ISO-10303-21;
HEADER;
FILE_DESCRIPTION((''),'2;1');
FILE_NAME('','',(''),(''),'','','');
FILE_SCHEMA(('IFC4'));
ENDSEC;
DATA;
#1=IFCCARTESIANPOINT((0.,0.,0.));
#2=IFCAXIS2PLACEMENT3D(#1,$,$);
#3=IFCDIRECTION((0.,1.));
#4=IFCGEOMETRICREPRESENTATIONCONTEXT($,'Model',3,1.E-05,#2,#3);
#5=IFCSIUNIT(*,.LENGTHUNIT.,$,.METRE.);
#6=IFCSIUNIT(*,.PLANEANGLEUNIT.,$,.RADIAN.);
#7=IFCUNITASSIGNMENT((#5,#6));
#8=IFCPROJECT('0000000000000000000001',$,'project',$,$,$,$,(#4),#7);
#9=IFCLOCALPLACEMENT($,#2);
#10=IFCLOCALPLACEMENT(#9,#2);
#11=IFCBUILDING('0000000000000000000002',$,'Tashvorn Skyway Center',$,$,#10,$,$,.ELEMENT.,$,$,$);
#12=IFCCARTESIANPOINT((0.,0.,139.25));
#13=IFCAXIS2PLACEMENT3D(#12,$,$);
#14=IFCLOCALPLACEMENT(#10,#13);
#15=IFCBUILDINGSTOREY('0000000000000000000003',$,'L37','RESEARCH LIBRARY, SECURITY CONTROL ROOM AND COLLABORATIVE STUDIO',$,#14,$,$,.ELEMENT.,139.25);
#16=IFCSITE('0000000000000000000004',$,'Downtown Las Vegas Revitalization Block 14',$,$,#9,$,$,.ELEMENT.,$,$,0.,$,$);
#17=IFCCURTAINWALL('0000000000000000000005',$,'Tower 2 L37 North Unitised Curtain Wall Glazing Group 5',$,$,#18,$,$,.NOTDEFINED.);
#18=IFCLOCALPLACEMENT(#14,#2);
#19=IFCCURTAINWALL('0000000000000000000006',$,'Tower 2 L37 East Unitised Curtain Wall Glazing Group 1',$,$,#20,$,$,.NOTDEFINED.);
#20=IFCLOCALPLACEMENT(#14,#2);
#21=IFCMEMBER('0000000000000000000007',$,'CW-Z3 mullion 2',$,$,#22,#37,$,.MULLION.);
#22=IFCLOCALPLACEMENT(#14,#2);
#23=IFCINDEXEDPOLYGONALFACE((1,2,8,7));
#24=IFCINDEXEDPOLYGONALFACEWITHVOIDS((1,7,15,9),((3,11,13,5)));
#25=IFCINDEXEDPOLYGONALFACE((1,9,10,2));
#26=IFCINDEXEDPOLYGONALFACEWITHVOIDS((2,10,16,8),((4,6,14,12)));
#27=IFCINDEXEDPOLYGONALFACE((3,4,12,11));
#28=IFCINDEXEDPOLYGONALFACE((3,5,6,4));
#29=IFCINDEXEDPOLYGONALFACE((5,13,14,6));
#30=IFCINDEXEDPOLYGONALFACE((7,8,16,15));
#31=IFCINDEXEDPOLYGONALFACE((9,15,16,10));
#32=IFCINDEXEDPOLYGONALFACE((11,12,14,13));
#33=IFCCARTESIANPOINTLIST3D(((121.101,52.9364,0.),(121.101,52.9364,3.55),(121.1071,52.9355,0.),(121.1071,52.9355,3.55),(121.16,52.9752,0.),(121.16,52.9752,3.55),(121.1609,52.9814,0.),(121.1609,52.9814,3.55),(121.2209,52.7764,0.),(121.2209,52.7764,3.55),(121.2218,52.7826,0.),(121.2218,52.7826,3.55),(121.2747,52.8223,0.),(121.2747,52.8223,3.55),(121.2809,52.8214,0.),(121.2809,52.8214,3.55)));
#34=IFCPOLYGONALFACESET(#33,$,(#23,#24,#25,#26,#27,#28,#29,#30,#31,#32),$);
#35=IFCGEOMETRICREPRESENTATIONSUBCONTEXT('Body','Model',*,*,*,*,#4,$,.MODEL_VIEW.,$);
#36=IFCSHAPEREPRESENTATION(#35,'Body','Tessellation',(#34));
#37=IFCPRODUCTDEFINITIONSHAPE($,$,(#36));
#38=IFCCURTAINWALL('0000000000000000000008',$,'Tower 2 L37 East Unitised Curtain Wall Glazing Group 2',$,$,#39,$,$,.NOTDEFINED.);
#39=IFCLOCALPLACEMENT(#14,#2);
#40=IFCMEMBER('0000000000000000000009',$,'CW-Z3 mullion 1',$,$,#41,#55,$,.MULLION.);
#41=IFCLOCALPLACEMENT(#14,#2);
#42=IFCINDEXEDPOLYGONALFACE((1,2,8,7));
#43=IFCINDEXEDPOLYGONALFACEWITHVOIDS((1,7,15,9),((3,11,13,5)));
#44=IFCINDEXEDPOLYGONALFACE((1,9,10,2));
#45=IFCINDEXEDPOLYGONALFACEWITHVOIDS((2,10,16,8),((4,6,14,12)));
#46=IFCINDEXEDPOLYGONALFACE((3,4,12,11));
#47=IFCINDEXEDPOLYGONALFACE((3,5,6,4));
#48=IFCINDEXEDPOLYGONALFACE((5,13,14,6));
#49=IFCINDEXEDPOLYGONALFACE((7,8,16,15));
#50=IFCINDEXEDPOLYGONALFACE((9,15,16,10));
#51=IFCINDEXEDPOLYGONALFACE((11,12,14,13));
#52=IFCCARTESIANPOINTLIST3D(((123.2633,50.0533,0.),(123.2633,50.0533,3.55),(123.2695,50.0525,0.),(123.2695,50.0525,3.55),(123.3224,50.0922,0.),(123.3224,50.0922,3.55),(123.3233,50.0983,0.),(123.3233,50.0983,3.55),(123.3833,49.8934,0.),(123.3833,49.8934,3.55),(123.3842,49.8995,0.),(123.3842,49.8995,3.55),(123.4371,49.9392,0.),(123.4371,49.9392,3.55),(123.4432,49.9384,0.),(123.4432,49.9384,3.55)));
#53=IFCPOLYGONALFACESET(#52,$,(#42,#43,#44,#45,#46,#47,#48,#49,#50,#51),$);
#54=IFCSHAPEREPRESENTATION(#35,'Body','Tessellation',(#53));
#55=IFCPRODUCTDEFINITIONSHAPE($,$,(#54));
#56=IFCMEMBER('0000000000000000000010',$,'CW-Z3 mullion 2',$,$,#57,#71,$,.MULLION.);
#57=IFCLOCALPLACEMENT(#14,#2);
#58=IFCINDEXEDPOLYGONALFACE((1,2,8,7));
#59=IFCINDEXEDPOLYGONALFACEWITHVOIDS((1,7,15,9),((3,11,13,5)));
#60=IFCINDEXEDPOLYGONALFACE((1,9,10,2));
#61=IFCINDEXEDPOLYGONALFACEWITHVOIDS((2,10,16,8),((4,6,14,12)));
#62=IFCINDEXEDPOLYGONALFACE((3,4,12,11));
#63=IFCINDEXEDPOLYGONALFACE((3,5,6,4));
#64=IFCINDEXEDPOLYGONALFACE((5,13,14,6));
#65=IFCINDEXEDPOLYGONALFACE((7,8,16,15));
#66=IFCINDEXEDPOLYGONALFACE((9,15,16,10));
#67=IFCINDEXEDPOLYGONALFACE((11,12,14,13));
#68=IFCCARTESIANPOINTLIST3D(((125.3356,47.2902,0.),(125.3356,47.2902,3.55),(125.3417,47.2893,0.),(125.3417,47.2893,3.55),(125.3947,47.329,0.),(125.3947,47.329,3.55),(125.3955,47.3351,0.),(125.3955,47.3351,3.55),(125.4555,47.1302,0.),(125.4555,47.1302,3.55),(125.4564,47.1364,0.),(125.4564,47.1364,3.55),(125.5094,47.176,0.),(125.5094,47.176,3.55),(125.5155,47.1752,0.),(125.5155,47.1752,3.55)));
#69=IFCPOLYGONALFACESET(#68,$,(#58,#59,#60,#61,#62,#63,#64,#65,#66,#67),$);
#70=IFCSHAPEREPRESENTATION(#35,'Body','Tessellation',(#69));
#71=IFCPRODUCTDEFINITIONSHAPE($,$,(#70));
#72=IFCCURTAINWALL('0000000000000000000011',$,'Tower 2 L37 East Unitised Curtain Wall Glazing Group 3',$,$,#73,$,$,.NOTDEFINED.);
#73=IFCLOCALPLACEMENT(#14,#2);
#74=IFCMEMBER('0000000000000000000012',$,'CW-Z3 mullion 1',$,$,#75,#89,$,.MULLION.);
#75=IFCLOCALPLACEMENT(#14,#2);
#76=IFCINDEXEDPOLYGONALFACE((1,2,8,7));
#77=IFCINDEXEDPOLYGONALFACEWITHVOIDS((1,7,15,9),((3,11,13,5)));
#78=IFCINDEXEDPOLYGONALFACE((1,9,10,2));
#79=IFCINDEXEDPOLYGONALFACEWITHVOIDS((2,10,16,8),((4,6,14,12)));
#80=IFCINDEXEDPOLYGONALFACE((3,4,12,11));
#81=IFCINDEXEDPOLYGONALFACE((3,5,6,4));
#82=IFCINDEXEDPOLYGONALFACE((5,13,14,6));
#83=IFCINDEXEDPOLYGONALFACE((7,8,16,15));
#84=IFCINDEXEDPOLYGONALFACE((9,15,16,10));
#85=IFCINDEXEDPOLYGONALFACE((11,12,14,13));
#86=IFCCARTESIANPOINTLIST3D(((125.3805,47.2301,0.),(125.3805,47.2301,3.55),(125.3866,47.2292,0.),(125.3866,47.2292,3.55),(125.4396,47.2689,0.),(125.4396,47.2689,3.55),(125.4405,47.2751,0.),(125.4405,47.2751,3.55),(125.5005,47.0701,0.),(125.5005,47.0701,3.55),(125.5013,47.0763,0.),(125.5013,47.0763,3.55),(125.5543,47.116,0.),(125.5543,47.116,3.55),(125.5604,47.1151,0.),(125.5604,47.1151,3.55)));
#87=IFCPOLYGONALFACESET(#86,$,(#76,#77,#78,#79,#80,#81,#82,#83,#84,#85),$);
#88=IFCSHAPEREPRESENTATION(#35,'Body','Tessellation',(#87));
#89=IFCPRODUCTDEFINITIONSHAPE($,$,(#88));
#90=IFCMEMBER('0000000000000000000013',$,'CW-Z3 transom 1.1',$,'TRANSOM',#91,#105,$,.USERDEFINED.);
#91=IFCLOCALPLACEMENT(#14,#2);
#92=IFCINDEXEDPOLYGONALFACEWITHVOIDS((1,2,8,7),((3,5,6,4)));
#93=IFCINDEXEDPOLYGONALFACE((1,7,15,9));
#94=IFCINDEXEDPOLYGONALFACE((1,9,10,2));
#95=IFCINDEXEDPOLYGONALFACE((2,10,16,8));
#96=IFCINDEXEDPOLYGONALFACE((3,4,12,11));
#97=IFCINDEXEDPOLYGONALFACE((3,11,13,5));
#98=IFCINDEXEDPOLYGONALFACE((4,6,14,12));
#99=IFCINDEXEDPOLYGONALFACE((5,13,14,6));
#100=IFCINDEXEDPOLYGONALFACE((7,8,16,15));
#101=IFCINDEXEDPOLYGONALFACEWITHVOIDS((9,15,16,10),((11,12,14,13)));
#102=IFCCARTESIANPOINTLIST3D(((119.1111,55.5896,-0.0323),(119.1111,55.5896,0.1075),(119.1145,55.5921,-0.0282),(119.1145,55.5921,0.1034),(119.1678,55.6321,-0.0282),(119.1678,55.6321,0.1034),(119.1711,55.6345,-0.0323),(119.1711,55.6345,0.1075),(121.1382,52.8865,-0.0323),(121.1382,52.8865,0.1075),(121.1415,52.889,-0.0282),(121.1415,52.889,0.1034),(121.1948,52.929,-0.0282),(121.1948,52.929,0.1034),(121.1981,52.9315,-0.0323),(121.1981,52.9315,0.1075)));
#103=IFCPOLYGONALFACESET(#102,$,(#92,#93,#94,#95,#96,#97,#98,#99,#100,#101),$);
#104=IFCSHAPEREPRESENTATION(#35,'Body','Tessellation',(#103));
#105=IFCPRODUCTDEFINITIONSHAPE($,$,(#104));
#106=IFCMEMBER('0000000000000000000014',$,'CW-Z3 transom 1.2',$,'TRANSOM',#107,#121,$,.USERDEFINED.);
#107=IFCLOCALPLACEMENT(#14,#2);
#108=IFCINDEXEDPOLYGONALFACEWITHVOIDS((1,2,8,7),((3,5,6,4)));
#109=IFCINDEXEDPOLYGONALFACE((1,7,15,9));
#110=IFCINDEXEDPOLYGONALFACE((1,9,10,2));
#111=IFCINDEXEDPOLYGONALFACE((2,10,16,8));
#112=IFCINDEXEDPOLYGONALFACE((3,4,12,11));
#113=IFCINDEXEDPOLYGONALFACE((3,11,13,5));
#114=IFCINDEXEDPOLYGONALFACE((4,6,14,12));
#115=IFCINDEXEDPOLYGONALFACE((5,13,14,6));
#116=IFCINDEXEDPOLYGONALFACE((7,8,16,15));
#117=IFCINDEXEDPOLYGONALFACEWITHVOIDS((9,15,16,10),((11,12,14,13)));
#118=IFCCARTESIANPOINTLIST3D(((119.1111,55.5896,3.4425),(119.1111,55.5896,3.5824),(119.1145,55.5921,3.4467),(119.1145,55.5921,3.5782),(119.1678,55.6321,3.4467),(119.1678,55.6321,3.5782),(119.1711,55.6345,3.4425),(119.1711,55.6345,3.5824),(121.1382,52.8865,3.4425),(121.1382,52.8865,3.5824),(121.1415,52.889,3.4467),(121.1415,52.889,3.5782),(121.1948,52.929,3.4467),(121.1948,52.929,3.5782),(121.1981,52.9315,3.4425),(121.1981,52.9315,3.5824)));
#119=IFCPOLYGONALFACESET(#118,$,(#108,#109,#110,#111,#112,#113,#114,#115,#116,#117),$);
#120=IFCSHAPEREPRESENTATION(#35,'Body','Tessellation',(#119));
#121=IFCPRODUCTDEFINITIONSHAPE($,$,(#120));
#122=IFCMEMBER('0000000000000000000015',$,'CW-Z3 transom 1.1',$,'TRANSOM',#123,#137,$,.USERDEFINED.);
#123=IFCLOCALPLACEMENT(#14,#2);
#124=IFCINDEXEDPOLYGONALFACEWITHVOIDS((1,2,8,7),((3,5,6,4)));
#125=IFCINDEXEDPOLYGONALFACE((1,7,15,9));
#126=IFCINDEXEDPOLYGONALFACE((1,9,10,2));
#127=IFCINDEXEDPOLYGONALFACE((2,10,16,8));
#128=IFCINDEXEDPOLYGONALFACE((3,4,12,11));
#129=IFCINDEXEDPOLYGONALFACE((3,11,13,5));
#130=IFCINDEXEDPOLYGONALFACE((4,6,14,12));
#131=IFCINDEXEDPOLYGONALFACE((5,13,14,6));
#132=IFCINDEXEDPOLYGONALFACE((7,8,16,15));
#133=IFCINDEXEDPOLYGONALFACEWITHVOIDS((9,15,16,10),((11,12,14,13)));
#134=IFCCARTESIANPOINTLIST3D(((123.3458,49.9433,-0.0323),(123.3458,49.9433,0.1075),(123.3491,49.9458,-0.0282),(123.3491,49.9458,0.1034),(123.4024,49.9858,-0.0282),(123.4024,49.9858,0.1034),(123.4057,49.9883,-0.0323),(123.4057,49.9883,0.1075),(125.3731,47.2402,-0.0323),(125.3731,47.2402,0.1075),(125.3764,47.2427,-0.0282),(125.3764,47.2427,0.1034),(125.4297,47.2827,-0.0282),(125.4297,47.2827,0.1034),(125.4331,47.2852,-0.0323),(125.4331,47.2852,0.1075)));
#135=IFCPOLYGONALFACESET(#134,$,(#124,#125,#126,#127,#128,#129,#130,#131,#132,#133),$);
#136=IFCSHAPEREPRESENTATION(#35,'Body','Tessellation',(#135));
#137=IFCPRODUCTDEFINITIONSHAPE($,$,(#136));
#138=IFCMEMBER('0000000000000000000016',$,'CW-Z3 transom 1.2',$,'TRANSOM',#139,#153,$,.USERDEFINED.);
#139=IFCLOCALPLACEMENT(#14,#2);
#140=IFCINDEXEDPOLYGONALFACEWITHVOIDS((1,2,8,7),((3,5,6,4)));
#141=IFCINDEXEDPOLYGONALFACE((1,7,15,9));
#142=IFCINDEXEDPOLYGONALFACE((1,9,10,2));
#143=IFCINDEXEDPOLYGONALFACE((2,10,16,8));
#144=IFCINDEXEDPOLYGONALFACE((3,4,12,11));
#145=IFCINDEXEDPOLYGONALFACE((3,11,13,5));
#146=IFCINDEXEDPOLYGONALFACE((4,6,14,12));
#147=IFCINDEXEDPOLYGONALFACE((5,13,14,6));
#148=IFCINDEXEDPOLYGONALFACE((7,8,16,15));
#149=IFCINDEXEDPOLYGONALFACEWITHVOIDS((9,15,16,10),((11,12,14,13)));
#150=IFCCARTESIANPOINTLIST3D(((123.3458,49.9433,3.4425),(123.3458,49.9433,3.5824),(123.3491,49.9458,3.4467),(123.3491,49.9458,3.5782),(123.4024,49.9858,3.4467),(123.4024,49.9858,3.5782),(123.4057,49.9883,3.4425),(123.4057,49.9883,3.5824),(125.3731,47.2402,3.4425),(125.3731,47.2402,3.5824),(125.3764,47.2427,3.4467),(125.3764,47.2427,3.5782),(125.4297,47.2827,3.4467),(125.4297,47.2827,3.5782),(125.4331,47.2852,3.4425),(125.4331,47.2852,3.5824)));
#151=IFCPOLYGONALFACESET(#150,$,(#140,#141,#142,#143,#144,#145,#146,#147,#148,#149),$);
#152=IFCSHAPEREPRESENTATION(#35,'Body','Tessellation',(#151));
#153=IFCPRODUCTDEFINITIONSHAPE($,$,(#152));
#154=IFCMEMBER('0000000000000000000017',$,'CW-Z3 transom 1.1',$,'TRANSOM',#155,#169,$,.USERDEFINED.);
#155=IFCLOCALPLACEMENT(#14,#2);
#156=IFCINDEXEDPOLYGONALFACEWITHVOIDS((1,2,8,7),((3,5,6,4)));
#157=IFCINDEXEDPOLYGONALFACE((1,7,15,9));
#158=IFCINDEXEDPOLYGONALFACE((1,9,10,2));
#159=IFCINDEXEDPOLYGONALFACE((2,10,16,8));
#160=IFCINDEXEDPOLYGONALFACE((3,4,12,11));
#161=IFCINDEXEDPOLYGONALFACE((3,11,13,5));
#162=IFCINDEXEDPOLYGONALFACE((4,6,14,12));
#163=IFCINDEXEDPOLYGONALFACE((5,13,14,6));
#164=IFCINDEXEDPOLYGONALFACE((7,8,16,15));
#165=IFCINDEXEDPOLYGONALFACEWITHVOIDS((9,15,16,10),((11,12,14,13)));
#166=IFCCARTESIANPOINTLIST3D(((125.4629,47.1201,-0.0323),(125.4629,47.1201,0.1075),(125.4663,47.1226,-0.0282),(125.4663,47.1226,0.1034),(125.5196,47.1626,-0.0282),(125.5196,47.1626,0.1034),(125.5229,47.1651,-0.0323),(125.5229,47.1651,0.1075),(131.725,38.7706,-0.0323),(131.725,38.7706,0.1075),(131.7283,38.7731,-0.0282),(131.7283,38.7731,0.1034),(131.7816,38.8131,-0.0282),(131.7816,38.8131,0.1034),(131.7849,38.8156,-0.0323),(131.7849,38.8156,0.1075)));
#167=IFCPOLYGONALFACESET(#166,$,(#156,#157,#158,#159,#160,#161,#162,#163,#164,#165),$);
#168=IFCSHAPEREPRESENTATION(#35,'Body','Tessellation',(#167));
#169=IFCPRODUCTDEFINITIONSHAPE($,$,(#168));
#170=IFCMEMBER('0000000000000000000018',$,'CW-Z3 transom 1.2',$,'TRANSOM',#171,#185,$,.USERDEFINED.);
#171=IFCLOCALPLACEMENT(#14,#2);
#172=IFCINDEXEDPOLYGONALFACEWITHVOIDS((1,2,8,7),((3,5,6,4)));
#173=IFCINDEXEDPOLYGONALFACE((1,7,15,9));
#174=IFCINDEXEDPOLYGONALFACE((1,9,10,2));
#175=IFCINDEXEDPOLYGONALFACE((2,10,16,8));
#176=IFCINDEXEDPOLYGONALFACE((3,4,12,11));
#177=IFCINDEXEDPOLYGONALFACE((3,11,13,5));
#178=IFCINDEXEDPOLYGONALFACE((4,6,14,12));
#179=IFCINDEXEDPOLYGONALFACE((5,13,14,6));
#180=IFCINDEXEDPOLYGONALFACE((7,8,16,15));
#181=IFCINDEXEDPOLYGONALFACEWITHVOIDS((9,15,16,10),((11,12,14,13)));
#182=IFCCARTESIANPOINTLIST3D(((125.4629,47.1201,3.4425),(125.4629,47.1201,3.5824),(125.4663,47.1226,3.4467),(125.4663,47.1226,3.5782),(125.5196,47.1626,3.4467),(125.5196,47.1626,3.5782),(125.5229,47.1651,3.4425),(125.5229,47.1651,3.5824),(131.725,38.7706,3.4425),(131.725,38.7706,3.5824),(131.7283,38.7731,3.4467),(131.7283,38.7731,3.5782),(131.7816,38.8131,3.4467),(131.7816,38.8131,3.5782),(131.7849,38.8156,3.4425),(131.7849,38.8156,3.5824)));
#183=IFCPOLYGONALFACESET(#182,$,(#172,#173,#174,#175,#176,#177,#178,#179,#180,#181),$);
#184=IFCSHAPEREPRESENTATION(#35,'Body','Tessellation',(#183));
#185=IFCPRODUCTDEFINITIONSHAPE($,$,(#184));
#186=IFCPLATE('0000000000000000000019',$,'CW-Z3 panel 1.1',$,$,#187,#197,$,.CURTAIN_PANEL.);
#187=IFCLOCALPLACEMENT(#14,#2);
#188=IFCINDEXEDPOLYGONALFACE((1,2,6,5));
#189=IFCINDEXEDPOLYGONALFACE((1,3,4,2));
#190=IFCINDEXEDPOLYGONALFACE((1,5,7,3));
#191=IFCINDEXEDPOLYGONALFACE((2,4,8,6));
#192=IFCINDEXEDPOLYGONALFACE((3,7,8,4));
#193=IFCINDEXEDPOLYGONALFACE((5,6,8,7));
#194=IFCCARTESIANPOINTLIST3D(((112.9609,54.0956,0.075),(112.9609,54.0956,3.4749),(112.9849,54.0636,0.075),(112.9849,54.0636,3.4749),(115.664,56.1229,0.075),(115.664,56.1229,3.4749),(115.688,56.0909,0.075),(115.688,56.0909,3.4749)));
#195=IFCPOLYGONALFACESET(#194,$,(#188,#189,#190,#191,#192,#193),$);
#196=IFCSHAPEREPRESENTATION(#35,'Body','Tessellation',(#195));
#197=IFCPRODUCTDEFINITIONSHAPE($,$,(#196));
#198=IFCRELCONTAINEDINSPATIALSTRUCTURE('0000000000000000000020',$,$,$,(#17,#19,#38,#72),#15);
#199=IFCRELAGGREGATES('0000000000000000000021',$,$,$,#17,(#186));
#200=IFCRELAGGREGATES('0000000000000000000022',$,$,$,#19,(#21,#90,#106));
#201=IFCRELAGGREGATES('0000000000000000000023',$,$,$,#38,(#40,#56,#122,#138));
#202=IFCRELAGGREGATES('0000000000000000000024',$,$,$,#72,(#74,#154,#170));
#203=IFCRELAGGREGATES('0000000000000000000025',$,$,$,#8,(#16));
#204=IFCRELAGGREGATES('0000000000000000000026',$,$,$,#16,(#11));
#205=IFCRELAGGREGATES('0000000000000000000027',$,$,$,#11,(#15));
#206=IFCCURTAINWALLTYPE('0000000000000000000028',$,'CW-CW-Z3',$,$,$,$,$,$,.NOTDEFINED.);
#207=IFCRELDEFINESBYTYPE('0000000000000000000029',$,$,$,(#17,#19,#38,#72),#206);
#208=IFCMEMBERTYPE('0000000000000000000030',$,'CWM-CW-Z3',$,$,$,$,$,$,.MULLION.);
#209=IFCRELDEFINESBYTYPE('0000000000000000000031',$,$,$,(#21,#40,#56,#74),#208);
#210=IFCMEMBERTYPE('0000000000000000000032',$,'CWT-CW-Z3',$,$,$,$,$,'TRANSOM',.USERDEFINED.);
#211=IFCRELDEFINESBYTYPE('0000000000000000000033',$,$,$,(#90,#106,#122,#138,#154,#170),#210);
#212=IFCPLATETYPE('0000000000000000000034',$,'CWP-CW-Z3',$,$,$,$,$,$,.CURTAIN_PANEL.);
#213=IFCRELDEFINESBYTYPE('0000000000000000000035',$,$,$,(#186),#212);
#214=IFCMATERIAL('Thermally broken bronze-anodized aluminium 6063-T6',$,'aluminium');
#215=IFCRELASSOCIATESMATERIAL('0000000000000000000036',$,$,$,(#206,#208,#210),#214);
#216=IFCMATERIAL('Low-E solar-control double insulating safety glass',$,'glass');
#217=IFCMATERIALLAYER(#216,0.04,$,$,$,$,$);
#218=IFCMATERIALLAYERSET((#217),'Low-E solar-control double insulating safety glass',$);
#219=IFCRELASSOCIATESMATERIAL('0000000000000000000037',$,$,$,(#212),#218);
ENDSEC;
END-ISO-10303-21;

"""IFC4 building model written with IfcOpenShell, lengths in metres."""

from ifc_helpers import new_model, si_unit, direction, frame, origin, origin_2d, place, context, subcontext, project, spatial, rectangle, hollow_rectangle, extrude, material, layer, layer_set, material_profile, profile_set, type_object, element, aggregate, save


model = new_model("IFC4")

# Units and contexts
model_context = context("Model", 3, precision=1e-05, world=origin(), true_north=direction((0.0, 1.0)))
body_context = subcontext(model_context, "Body", "Model", "MODEL_VIEW")
ifc_project = project(units=[si_unit("LENGTHUNIT", "METRE"), si_unit("PLANEANGLEUNIT", "RADIAN")], contexts=[model_context])

# Site, building, storey
site_placement = place(None, origin())
site = spatial("IfcSite", under=ifc_project, at=site_placement, Name="Downtown Las Vegas Revitalization Block 14", CompositionType="ELEMENT", RefElevation=0.0)
building_placement = place(site_placement, origin())
building = spatial("IfcBuilding", under=site, at=building_placement, Name="Tashvorn Skyway Center", CompositionType="ELEMENT")
storey_placement = place(building_placement, frame((0.0, 0.0, 139.25)))
storey = spatial("IfcBuildingStorey", under=building, at=storey_placement, Name="L37", Description="RESEARCH LIBRARY, SECURITY CONTROL ROOM AND COLLABORATIVE STUDIO", CompositionType="ELEMENT", Elevation=139.25)

# Curtain wall
ifc_material_1 = material(Name="Thermally broken bronze-anodized aluminium 6063-T6", Category="aluminium")
curtain_wall_type = type_object("IfcCurtainWallType", Name="CW-CW-Z3", PredefinedType="NOTDEFINED", material=ifc_material_1)
curtain_wall_1_placement = place(storey_placement, origin())
curtain_wall_1 = element("IfcCurtainWall", 1, at=curtain_wall_1_placement, inside=storey, type_object=curtain_wall_type, Name="Tower 2 L37 North Unitised Curtain Wall Glazing Group 5", PredefinedType="NOTDEFINED")
ifc_material_profile_1 = material_profile(ifc_material_1, hollow_rectangle(XDim=0.075, YDim=0.2, WallThickness=0.0044, at=origin_2d()), Name="ALU-MULL-75x200")
ifc_profile_set_1 = profile_set([ifc_material_profile_1], Name="Thermally broken bronze-anodized aluminium 6063-T6")
member_type_1 = type_object("IfcMemberType", Name="CWM-CW-Z3", PredefinedType="MULLION", material=ifc_profile_set_1)

# Curtain walls, members
curtain_wall_2_placement = place(storey_placement, origin())
curtain_wall_2 = element("IfcCurtainWall", 2, at=curtain_wall_2_placement, inside=storey, type_object=curtain_wall_type, Name="Tower 2 L37 East Unitised Curtain Wall Glazing Group 1", PredefinedType="NOTDEFINED")
member_1_placement = place(storey_placement, frame((121.1909, 52.8789, 0.0), z_axis=(0.0, 0.0, 1.0), x_axis=(0.800003, 0.599995, 0.0)))
member_1 = element("IfcMember", 3, at=member_1_placement, type_object=member_type_1, Name="CW-Z3 mullion 2", PredefinedType="MULLION", context=body_context, shape_type="SweptSolid", body=[
    extrude(hollow_rectangle(XDim=0.075, YDim=0.2, WallThickness=0.0044, at=origin_2d()), origin(), (0.0, 0.0, 1.0), 3.55),
])
curtain_wall_3_placement = place(storey_placement, origin())
curtain_wall_3 = element("IfcCurtainWall", 4, at=curtain_wall_3_placement, inside=storey, type_object=curtain_wall_type, Name="Tower 2 L37 East Unitised Curtain Wall Glazing Group 2", PredefinedType="NOTDEFINED")
member_2_placement = place(storey_placement, frame((123.3533, 49.9958, 0.0), z_axis=(0.0, 0.0, 1.0), x_axis=(0.800003, 0.599995, 0.0)))
member_2 = element("IfcMember", 5, at=member_2_placement, type_object=member_type_1, Name="CW-Z3 mullion 1", PredefinedType="MULLION", context=body_context, shape_type="SweptSolid", body=[
    extrude(hollow_rectangle(XDim=0.075, YDim=0.2, WallThickness=0.0044, at=origin_2d()), origin(), (0.0, 0.0, 1.0), 3.55),
])
member_3_placement = place(storey_placement, frame((125.4255, 47.2327, 0.0), z_axis=(0.0, 0.0, 1.0), x_axis=(0.800003, 0.599995, 0.0)))
member_3 = element("IfcMember", 6, at=member_3_placement, type_object=member_type_1, Name="CW-Z3 mullion 2", PredefinedType="MULLION", context=body_context, shape_type="SweptSolid", body=[
    extrude(hollow_rectangle(XDim=0.075, YDim=0.2, WallThickness=0.0044, at=origin_2d()), origin(), (0.0, 0.0, 1.0), 3.55),
])

# Curtain wall, member
curtain_wall_4_placement = place(storey_placement, origin())
curtain_wall_4 = element("IfcCurtainWall", 7, at=curtain_wall_4_placement, inside=storey, type_object=curtain_wall_type, Name="Tower 2 L37 East Unitised Curtain Wall Glazing Group 3", PredefinedType="NOTDEFINED")
member_4_placement = place(storey_placement, frame((125.4705, 47.1726, 0.0), z_axis=(0.0, 0.0, 1.0), x_axis=(0.800002, 0.599997, 0.0)))
member_4 = element("IfcMember", 8, at=member_4_placement, type_object=member_type_1, Name="CW-Z3 mullion 1", PredefinedType="MULLION", context=body_context, shape_type="SweptSolid", body=[
    extrude(hollow_rectangle(XDim=0.075, YDim=0.2, WallThickness=0.0044, at=origin_2d()), origin(), (0.0, 0.0, 1.0), 3.55),
])

# Members
ifc_material_profile_2 = material_profile(ifc_material_1, hollow_rectangle(XDim=0.075, YDim=0.1399, WallThickness=0.0042, at=origin_2d()), Name="ALU-TRAN-75x140")
ifc_profile_set_2 = profile_set([ifc_material_profile_2], Name="Thermally broken bronze-anodized aluminium 6063-T6")
member_type_2 = type_object("IfcMemberType", Name="CWT-CW-Z3", ElementType="TRANSOM", PredefinedType="USERDEFINED", material=ifc_profile_set_2)
member_5_placement = place(storey_placement, frame((119.1411, 55.6121, 0.0376), z_axis=(0.599954, -0.800035, 0.0), x_axis=(0.800035, 0.599954, 0.0)))
member_5 = element("IfcMember", 9, at=member_5_placement, type_object=member_type_2, Name="CW-Z3 transom 1.1", ObjectType="TRANSOM", PredefinedType="USERDEFINED", context=body_context, shape_type="SweptSolid", body=[
    extrude(hollow_rectangle(XDim=0.075, YDim=0.1399, WallThickness=0.0042, at=origin_2d()), origin(), (0.0, 0.0, 1.0), 3.3787),
])
member_6_placement = place(storey_placement, frame((119.1411, 55.6121, 3.5125), z_axis=(0.599954, -0.800035, 0.0), x_axis=(0.800035, 0.599954, 0.0)))
member_6 = element("IfcMember", 10, at=member_6_placement, type_object=member_type_2, Name="CW-Z3 transom 1.2", ObjectType="TRANSOM", PredefinedType="USERDEFINED", context=body_context, shape_type="SweptSolid", body=[
    extrude(hollow_rectangle(XDim=0.075, YDim=0.1399, WallThickness=0.0042, at=origin_2d()), origin(), (0.0, 0.0, 1.0), 3.3787),
])
member_7_placement = place(storey_placement, frame((123.3757, 49.9658, 0.0376), z_axis=(0.6, -0.8, 0.0), x_axis=(0.8, 0.6, 0.0)))
member_7 = element("IfcMember", 11, at=member_7_placement, type_object=member_type_2, Name="CW-Z3 transom 1.1", ObjectType="TRANSOM", PredefinedType="USERDEFINED", context=body_context, shape_type="SweptSolid", body=[
    extrude(hollow_rectangle(XDim=0.075, YDim=0.1399, WallThickness=0.0042, at=origin_2d()), origin(), (0.0, 0.0, 1.0), 3.3789),
])
member_8_placement = place(storey_placement, frame((123.3757, 49.9658, 3.5125), z_axis=(0.6, -0.8, 0.0), x_axis=(0.8, 0.6, 0.0)))
member_8 = element("IfcMember", 12, at=member_8_placement, type_object=member_type_2, Name="CW-Z3 transom 1.2", ObjectType="TRANSOM", PredefinedType="USERDEFINED", context=body_context, shape_type="SweptSolid", body=[
    extrude(hollow_rectangle(XDim=0.075, YDim=0.1399, WallThickness=0.0042, at=origin_2d()), origin(), (0.0, 0.0, 1.0), 3.3789),
])
member_9_placement = place(storey_placement, frame((125.4929, 47.1426, 0.0376), z_axis=(0.599996, -0.800003, 0.0), x_axis=(0.800003, 0.599996, 0.0)))
member_9 = element("IfcMember", 13, at=member_9_placement, type_object=member_type_2, Name="CW-Z3 transom 1.1", ObjectType="TRANSOM", PredefinedType="USERDEFINED", context=body_context, shape_type="SweptSolid", body=[
    extrude(hollow_rectangle(XDim=0.075, YDim=0.1399, WallThickness=0.0042, at=origin_2d()), origin(), (0.0, 0.0, 1.0), 10.4368),
])
member_10_placement = place(storey_placement, frame((125.4929, 47.1426, 3.5125), z_axis=(0.599996, -0.800003, 0.0), x_axis=(0.800003, 0.599996, 0.0)))
member_10 = element("IfcMember", 14, at=member_10_placement, type_object=member_type_2, Name="CW-Z3 transom 1.2", ObjectType="TRANSOM", PredefinedType="USERDEFINED", context=body_context, shape_type="SweptSolid", body=[
    extrude(hollow_rectangle(XDim=0.075, YDim=0.1399, WallThickness=0.0042, at=origin_2d()), origin(), (0.0, 0.0, 1.0), 10.4368),
])

# Plate
ifc_material_2 = material(Name="Low-E solar-control double insulating safety glass", Category="glass")
ifc_layer_1 = layer(ifc_material_2, 0.04)
ifc_layer_set_1 = layer_set([ifc_layer_1], Name="Low-E solar-control double insulating safety glass")
plate_type = type_object("IfcPlateType", Name="CWP-CW-Z3", PredefinedType="CURTAIN_PANEL", material=ifc_layer_set_1)
plate_1_placement = place(storey_placement, frame((114.3245, 55.0933, 0.075), z_axis=(0.0, 0.0, 1.0), x_axis=(0.800003, 0.599995, 0.0)))
plate_1 = element("IfcPlate", 15, at=plate_1_placement, type_object=plate_type, Name="CW-Z3 panel 1.1", PredefinedType="CURTAIN_PANEL", context=body_context, shape_type="SweptSolid", body=[
    extrude(rectangle(XDim=3.3789, YDim=0.04, at=origin_2d()), origin(), (0.0, 0.0, 1.0), 3.3999),
])
aggregate(curtain_wall_1, [plate_1])
aggregate(curtain_wall_2, [member_1, member_5, member_6])
aggregate(curtain_wall_3, [member_2, member_3, member_7, member_8])
aggregate(curtain_wall_4, [member_4, member_9, member_10])

save(model, "model.ifc")
